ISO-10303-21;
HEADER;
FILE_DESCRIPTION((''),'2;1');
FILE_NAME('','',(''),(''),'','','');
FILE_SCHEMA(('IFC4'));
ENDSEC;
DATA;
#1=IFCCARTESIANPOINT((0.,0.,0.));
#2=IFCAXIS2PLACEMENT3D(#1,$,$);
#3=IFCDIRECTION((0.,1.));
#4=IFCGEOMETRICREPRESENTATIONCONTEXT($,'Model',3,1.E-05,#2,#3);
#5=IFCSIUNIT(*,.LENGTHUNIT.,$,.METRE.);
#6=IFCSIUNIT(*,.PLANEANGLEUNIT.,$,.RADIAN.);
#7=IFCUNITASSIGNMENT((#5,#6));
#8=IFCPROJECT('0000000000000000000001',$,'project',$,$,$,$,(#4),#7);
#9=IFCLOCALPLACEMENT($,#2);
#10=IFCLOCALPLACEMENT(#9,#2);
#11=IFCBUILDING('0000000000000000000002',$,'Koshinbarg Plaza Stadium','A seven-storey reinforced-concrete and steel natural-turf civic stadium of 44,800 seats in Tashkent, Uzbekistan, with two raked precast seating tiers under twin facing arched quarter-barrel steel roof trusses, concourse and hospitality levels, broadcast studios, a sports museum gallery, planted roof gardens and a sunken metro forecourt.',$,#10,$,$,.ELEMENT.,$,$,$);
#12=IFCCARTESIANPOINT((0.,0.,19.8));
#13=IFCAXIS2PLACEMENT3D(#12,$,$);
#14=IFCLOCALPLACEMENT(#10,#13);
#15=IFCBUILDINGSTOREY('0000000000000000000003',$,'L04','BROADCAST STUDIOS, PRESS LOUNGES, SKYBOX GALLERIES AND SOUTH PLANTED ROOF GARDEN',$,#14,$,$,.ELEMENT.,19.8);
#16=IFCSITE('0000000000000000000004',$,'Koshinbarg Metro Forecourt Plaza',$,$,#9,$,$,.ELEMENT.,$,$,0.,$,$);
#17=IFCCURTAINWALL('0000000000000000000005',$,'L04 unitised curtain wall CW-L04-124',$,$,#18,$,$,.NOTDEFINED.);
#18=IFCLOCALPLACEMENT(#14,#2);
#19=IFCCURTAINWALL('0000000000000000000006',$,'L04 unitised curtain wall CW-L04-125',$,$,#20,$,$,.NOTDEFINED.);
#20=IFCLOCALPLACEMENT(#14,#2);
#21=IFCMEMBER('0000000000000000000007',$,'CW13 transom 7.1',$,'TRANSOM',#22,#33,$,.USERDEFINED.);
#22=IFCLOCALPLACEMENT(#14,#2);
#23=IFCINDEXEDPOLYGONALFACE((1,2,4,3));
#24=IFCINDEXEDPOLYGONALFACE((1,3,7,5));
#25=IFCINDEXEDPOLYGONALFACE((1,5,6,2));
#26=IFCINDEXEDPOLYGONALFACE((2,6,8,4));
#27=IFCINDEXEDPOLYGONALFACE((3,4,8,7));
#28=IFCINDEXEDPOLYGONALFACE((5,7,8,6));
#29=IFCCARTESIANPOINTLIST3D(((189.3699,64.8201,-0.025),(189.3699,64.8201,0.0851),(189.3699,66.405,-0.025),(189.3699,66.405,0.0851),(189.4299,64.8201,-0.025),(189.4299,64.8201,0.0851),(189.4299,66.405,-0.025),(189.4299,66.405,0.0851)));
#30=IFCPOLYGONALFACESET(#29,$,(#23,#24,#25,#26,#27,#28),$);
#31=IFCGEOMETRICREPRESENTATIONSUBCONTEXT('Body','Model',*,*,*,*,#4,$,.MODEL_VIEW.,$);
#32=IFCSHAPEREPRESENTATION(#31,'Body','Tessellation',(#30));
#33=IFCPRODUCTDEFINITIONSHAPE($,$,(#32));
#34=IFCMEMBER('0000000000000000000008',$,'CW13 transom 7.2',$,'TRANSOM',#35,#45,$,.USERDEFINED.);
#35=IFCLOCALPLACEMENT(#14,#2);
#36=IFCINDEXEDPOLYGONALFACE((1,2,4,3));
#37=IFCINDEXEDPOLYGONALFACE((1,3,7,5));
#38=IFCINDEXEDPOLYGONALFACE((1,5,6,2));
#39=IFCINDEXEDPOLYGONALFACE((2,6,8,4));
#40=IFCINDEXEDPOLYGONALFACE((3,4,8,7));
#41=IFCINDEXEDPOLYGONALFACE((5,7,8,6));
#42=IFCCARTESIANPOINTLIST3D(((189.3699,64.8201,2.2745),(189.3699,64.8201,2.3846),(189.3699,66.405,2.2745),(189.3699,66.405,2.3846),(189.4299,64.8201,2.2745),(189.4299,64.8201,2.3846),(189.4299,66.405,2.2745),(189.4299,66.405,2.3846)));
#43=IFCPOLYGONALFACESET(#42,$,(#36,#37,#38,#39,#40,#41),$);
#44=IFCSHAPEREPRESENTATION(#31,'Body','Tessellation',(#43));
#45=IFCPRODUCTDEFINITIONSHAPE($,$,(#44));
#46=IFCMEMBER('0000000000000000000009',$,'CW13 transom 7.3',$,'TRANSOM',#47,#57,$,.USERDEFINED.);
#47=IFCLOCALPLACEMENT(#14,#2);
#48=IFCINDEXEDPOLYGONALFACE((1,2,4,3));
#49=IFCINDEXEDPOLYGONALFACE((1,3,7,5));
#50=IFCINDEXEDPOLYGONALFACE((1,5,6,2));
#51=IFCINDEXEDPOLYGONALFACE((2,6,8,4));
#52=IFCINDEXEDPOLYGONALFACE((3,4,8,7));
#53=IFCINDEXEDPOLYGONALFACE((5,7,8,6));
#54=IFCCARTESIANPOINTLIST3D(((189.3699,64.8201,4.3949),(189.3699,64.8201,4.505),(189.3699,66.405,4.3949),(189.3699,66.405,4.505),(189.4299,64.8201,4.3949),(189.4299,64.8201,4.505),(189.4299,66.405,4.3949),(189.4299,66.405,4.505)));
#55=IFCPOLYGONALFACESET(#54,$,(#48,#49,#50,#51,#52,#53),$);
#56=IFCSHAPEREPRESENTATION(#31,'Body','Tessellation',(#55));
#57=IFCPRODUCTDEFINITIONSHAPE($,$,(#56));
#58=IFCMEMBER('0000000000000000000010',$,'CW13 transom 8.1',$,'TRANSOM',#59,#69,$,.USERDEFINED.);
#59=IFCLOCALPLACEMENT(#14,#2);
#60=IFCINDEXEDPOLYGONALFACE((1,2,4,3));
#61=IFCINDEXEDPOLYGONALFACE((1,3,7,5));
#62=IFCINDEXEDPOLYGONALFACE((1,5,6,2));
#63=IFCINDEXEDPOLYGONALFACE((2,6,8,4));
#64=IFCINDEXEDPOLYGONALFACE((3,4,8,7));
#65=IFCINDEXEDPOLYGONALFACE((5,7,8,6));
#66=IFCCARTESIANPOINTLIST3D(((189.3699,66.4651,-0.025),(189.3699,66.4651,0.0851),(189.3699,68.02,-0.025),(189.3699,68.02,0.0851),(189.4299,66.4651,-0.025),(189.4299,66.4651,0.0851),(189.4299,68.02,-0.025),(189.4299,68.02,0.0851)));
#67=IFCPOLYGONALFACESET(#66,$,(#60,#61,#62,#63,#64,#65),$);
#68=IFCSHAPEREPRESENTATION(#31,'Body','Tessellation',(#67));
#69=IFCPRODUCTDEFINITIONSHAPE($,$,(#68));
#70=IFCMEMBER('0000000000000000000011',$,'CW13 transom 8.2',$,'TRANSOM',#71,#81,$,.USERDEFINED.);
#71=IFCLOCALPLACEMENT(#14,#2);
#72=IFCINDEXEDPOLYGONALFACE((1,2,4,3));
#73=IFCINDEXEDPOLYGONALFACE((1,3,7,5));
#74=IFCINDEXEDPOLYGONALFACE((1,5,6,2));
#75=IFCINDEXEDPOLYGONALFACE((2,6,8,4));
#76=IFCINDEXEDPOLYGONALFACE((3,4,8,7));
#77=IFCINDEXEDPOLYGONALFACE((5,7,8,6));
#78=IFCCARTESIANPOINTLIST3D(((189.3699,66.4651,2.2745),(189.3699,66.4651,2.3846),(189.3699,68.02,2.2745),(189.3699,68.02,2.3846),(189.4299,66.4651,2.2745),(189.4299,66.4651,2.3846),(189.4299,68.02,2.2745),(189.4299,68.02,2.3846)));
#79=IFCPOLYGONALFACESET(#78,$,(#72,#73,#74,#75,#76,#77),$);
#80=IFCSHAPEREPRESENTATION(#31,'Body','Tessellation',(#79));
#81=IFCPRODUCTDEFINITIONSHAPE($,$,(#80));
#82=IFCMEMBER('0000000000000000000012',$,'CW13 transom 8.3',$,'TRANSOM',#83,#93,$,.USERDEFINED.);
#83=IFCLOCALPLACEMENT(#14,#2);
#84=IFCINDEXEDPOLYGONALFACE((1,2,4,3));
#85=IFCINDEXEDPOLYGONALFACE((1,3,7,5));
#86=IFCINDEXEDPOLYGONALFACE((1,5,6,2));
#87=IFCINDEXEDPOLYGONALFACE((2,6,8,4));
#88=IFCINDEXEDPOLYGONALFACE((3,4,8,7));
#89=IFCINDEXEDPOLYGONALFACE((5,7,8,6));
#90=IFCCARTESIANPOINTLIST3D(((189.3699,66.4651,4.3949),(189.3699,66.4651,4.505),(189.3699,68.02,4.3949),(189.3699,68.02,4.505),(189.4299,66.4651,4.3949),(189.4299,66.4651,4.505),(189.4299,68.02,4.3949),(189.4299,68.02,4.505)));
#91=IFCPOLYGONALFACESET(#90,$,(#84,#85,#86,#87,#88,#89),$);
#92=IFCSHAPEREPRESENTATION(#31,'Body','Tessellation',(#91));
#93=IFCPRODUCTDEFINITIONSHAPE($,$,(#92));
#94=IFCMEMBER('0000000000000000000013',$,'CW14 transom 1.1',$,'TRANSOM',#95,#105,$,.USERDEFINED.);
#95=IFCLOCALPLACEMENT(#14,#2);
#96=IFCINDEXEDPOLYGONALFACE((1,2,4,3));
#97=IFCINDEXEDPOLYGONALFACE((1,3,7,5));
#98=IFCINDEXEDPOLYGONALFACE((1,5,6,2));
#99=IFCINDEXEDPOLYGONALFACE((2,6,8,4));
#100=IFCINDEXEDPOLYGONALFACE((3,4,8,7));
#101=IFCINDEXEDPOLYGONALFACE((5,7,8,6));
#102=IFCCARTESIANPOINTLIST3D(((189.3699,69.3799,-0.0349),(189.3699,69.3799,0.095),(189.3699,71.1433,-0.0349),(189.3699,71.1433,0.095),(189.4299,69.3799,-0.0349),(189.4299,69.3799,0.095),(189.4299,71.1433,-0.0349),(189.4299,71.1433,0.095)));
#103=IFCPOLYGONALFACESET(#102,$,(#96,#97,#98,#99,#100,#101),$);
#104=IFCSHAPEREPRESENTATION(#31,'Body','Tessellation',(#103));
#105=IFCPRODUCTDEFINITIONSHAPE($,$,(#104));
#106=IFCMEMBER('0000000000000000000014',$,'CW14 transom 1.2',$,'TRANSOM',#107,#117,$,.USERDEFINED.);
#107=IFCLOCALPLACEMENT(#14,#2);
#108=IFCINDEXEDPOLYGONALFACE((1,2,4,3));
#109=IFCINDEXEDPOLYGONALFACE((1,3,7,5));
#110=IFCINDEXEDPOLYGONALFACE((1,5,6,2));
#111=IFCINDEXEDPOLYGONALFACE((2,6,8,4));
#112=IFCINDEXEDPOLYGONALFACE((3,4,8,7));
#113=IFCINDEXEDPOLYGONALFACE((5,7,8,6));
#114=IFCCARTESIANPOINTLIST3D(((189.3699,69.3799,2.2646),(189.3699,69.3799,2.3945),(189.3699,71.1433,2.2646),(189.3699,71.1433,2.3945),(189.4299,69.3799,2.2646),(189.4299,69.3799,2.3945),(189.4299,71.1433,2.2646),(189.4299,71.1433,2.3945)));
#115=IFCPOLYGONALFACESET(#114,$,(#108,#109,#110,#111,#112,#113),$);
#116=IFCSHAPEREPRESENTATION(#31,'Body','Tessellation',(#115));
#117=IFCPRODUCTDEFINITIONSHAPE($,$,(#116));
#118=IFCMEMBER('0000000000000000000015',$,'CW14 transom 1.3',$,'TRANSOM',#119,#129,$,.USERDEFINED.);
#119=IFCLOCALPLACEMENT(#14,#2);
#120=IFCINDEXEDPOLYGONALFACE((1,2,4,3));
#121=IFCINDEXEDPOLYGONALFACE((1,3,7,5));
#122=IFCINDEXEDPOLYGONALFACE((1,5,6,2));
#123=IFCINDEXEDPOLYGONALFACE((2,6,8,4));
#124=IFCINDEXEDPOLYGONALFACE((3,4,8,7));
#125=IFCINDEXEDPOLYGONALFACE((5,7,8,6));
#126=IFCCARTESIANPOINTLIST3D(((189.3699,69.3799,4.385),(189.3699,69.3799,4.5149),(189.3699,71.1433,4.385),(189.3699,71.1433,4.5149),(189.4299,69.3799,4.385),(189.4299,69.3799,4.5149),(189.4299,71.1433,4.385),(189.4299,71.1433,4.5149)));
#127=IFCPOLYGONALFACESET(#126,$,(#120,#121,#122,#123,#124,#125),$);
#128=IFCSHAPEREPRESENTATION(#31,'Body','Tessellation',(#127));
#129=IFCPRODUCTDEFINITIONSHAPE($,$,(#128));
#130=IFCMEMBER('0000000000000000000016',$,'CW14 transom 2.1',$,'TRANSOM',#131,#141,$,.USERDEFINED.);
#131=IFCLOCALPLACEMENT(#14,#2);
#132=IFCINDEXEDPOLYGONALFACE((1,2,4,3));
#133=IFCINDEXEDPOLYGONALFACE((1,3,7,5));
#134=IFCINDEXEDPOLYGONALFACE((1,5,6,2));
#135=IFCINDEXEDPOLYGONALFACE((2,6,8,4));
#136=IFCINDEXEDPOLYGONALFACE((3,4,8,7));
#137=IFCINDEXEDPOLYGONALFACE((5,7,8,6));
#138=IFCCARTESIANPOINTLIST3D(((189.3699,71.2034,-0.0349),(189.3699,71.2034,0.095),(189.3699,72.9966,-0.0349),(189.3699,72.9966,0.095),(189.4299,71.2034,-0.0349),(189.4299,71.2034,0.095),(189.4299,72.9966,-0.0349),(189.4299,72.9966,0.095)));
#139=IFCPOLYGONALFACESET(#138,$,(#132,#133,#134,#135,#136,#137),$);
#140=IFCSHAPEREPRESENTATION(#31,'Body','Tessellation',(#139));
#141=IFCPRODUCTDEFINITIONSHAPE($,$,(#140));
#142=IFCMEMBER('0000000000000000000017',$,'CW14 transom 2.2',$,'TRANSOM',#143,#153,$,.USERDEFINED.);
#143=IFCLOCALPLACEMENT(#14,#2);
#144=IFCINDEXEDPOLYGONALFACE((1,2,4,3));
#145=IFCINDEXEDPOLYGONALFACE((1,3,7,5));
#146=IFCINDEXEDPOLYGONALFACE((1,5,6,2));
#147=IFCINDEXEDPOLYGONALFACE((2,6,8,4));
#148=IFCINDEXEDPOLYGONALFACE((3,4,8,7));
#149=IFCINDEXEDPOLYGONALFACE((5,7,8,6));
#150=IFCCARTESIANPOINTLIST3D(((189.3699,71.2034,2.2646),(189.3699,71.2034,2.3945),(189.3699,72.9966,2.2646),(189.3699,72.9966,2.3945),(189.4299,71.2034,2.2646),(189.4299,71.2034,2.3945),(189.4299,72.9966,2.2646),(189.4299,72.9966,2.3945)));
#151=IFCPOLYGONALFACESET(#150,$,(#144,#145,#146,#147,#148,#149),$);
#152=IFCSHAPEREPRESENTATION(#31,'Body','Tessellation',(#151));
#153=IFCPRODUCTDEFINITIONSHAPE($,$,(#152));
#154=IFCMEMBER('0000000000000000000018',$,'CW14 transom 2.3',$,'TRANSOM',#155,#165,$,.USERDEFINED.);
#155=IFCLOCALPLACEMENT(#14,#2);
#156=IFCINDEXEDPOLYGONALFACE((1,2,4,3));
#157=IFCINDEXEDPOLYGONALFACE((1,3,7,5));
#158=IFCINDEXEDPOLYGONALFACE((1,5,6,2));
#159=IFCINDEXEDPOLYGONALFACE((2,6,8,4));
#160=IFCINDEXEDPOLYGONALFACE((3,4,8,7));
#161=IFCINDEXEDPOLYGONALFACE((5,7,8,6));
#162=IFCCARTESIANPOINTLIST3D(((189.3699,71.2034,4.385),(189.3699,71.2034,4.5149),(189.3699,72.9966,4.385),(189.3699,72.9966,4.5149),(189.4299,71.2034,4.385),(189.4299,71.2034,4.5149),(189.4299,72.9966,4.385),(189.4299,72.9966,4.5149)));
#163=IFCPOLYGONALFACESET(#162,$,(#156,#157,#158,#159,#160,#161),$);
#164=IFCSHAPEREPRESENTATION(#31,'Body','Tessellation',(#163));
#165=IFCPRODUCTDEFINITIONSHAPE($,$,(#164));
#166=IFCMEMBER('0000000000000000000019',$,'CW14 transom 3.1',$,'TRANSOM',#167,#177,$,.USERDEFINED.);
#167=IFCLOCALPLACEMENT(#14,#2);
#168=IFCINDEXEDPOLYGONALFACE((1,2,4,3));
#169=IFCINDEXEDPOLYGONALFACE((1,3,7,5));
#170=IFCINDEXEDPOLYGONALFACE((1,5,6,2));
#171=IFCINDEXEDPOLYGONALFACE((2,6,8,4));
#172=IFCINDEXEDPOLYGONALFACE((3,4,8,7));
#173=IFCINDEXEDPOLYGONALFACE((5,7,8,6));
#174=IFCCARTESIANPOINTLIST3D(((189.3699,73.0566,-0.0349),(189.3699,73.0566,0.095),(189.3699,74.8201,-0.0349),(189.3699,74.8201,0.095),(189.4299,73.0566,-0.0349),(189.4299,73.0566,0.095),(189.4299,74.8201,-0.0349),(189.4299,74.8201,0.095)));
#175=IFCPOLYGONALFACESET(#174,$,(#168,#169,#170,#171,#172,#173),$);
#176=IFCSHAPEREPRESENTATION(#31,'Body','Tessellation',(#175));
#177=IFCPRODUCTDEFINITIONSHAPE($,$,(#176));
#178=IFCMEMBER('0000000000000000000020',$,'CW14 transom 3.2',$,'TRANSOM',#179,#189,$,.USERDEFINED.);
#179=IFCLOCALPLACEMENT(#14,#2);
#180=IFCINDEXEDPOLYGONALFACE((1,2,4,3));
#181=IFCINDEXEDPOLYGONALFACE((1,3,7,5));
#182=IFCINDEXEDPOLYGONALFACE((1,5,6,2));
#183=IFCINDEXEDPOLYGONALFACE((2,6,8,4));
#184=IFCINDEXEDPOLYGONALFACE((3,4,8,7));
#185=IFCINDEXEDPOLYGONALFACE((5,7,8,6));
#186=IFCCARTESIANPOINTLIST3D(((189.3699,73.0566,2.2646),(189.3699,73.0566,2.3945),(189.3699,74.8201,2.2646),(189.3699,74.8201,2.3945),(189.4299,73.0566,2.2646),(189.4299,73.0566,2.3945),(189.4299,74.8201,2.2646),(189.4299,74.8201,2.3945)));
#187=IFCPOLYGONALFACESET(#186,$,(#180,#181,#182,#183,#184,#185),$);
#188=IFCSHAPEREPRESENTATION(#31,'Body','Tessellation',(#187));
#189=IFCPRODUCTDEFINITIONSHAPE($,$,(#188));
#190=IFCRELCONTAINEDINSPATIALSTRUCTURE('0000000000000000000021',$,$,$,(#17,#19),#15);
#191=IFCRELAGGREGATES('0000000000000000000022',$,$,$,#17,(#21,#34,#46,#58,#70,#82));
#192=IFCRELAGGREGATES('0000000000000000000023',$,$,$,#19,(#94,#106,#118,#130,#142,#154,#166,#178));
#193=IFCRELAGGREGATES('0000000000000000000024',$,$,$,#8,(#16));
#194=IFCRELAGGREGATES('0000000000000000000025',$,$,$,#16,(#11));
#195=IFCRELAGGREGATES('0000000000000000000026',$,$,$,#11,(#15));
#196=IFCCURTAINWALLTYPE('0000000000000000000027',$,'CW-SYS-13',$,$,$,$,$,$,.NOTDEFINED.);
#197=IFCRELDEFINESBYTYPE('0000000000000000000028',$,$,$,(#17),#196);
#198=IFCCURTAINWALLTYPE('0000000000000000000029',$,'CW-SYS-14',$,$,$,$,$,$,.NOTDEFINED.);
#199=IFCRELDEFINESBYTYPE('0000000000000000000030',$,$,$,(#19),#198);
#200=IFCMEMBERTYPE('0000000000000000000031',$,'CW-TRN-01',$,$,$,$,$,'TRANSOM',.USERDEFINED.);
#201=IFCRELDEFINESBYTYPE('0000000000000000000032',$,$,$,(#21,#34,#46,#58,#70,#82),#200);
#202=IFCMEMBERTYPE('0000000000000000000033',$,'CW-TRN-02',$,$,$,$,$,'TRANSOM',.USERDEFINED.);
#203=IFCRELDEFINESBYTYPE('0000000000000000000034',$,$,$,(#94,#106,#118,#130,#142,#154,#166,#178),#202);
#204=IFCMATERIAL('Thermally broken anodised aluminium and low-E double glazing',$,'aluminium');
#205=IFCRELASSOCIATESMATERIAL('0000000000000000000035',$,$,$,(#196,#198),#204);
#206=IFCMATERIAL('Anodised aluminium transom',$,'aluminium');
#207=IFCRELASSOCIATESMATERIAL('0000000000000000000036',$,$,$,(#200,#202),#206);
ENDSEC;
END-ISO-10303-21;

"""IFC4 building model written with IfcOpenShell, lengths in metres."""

from ifc_helpers import new_model, si_unit, direction, frame, origin, origin_2d, place, context, subcontext, project, spatial, rectangle, extrude, material, material_profile, profile_set, type_object, element, aggregate, save


model = new_model("IFC4")

# Units and contexts
model_context = context("Model", 3, precision=1e-05, world=origin(), true_north=direction((0.0, 1.0)))
body_context = subcontext(model_context, "Body", "Model", "MODEL_VIEW")
ifc_project = project(units=[si_unit("LENGTHUNIT", "METRE"), si_unit("PLANEANGLEUNIT", "RADIAN")], contexts=[model_context])

# Site, building, storey
site_placement = place(None, origin())
site = spatial("IfcSite", under=ifc_project, at=site_placement, Name="Koshinbarg Metro Forecourt Plaza", CompositionType="ELEMENT", RefElevation=0.0)
building_placement = place(site_placement, origin())
building = spatial("IfcBuilding", under=site, at=building_placement, Name="Koshinbarg Plaza Stadium", Description="A seven-storey reinforced-concrete and steel natural-turf civic stadium of 44,800 seats in Tashkent, Uzbekistan, with two raked precast seating tiers under twin facing arched quarter-barrel steel roof trusses, concourse and hospitality levels, broadcast studios, a sports museum gallery, planted roof gardens and a sunken metro forecourt.", CompositionType="ELEMENT")
storey_placement = place(building_placement, frame((0.0, 0.0, 19.8)))
storey = spatial("IfcBuildingStorey", under=building, at=storey_placement, Name="L04", Description="BROADCAST STUDIOS, PRESS LOUNGES, SKYBOX GALLERIES AND SOUTH PLANTED ROOF GARDEN", CompositionType="ELEMENT", Elevation=19.8)

# Curtain walls
ifc_material_1 = material(Name="Thermally broken anodised aluminium and low-E double glazing", Category="aluminium")
curtain_wall_type_1 = type_object("IfcCurtainWallType", Name="CW-SYS-13", PredefinedType="NOTDEFINED", material=ifc_material_1)
curtain_wall_1_placement = place(storey_placement, origin())
curtain_wall_1 = element("IfcCurtainWall", 1, at=curtain_wall_1_placement, inside=storey, type_object=curtain_wall_type_1, Name="L04 unitised curtain wall CW-L04-124", PredefinedType="NOTDEFINED")
curtain_wall_type_2 = type_object("IfcCurtainWallType", Name="CW-SYS-14", PredefinedType="NOTDEFINED", material=ifc_material_1)
curtain_wall_2_placement = place(storey_placement, origin())
curtain_wall_2 = element("IfcCurtainWall", 2, at=curtain_wall_2_placement, inside=storey, type_object=curtain_wall_type_2, Name="L04 unitised curtain wall CW-L04-125", PredefinedType="NOTDEFINED")

# Members
ifc_material_2 = material(Name="Anodised aluminium transom", Category="aluminium")
ifc_material_profile_1 = material_profile(ifc_material_2, rectangle(XDim=0.0601, YDim=0.1101, at=origin_2d()), Name="ALU 60x110")
ifc_profile_set_1 = profile_set([ifc_material_profile_1], Name="Anodised aluminium transom")
member_type_1 = type_object("IfcMemberType", Name="CW-TRN-01", ElementType="TRANSOM", PredefinedType="USERDEFINED", material=ifc_profile_set_1)
member_1_placement = place(storey_placement, frame((189.3999, 64.8201, 0.03), z_axis=(0.0, 1.0, 0.0), x_axis=(-1.0, 0.0, 0.0)))
member_1 = element("IfcMember", 3, at=member_1_placement, type_object=member_type_1, Name="CW13 transom 7.1", ObjectType="TRANSOM", PredefinedType="USERDEFINED", context=body_context, shape_type="SweptSolid", body=[
    extrude(rectangle(XDim=0.0601, YDim=0.1101, at=origin_2d()), origin(), (0.0, 0.0, 1.0), 1.585),
])
member_2_placement = place(storey_placement, frame((189.3999, 64.8201, 2.3296), z_axis=(0.0, 1.0, 0.0), x_axis=(-1.0, 0.0, 0.0)))
member_2 = element("IfcMember", 4, at=member_2_placement, type_object=member_type_1, Name="CW13 transom 7.2", ObjectType="TRANSOM", PredefinedType="USERDEFINED", context=body_context, shape_type="SweptSolid", body=[
    extrude(rectangle(XDim=0.0601, YDim=0.1101, at=origin_2d()), origin(), (0.0, 0.0, 1.0), 1.585),
])
member_3_placement = place(storey_placement, frame((189.3999, 64.8201, 4.45), z_axis=(0.0, 1.0, 0.0), x_axis=(-1.0, 0.0, 0.0)))
member_3 = element("IfcMember", 5, at=member_3_placement, type_object=member_type_1, Name="CW13 transom 7.3", ObjectType="TRANSOM", PredefinedType="USERDEFINED", context=body_context, shape_type="SweptSolid", body=[
    extrude(rectangle(XDim=0.0601, YDim=0.1101, at=origin_2d()), origin(), (0.0, 0.0, 1.0), 1.585),
])
member_4_placement = place(storey_placement, frame((189.3999, 66.4651, 0.03), z_axis=(0.0, 1.0, 0.0), x_axis=(-1.0, 0.0, 0.0)))
member_4 = element("IfcMember", 6, at=member_4_placement, type_object=member_type_1, Name="CW13 transom 8.1", ObjectType="TRANSOM", PredefinedType="USERDEFINED", context=body_context, shape_type="SweptSolid", body=[
    extrude(rectangle(XDim=0.0601, YDim=0.1101, at=origin_2d()), origin(), (0.0, 0.0, 1.0), 1.5549),
])
member_5_placement = place(storey_placement, frame((189.3999, 66.4651, 2.3296), z_axis=(0.0, 1.0, 0.0), x_axis=(-1.0, 0.0, 0.0)))
member_5 = element("IfcMember", 7, at=member_5_placement, type_object=member_type_1, Name="CW13 transom 8.2", ObjectType="TRANSOM", PredefinedType="USERDEFINED", context=body_context, shape_type="SweptSolid", body=[
    extrude(rectangle(XDim=0.0601, YDim=0.1101, at=origin_2d()), origin(), (0.0, 0.0, 1.0), 1.5549),
])
member_6_placement = place(storey_placement, frame((189.3999, 66.4651, 4.45), z_axis=(0.0, 1.0, 0.0), x_axis=(-1.0, 0.0, 0.0)))
member_6 = element("IfcMember", 8, at=member_6_placement, type_object=member_type_1, Name="CW13 transom 8.3", ObjectType="TRANSOM", PredefinedType="USERDEFINED", context=body_context, shape_type="SweptSolid", body=[
    extrude(rectangle(XDim=0.0601, YDim=0.1101, at=origin_2d()), origin(), (0.0, 0.0, 1.0), 1.5549),
])
ifc_material_profile_2 = material_profile(ifc_material_2, rectangle(XDim=0.0601, YDim=0.1299, at=origin_2d()), Name="ALU 60x130")
ifc_profile_set_2 = profile_set([ifc_material_profile_2], Name="Anodised aluminium transom")
member_type_2 = type_object("IfcMemberType", Name="CW-TRN-02", ElementType="TRANSOM", PredefinedType="USERDEFINED", material=ifc_profile_set_2)
member_7_placement = place(storey_placement, frame((189.3999, 69.3799, 0.03), z_axis=(0.0, 1.0, 0.0), x_axis=(-1.0, 0.0, 0.0)))
member_7 = element("IfcMember", 9, at=member_7_placement, type_object=member_type_2, Name="CW14 transom 1.1", ObjectType="TRANSOM", PredefinedType="USERDEFINED", context=body_context, shape_type="SweptSolid", body=[
    extrude(rectangle(XDim=0.0601, YDim=0.1299, at=origin_2d()), origin(), (0.0, 0.0, 1.0), 1.7634),
])
member_8_placement = place(storey_placement, frame((189.3999, 69.3799, 2.3296), z_axis=(0.0, 1.0, 0.0), x_axis=(-1.0, 0.0, 0.0)))
member_8 = element("IfcMember", 10, at=member_8_placement, type_object=member_type_2, Name="CW14 transom 1.2", ObjectType="TRANSOM", PredefinedType="USERDEFINED", context=body_context, shape_type="SweptSolid", body=[
    extrude(rectangle(XDim=0.0601, YDim=0.1299, at=origin_2d()), origin(), (0.0, 0.0, 1.0), 1.7634),
])
member_9_placement = place(storey_placement, frame((189.3999, 69.3799, 4.45), z_axis=(0.0, 1.0, 0.0), x_axis=(-1.0, 0.0, 0.0)))
member_9 = element("IfcMember", 11, at=member_9_placement, type_object=member_type_2, Name="CW14 transom 1.3", ObjectType="TRANSOM", PredefinedType="USERDEFINED", context=body_context, shape_type="SweptSolid", body=[
    extrude(rectangle(XDim=0.0601, YDim=0.1299, at=origin_2d()), origin(), (0.0, 0.0, 1.0), 1.7634),
])
member_10_placement = place(storey_placement, frame((189.3999, 71.2034, 0.03), z_axis=(0.0, 1.0, 0.0), x_axis=(-1.0, 0.0, 0.0)))
member_10 = element("IfcMember", 12, at=member_10_placement, type_object=member_type_2, Name="CW14 transom 2.1", ObjectType="TRANSOM", PredefinedType="USERDEFINED", context=body_context, shape_type="SweptSolid", body=[
    extrude(rectangle(XDim=0.0601, YDim=0.1299, at=origin_2d()), origin(), (0.0, 0.0, 1.0), 1.7932),
])
member_11_placement = place(storey_placement, frame((189.3999, 71.2034, 2.3296), z_axis=(0.0, 1.0, 0.0), x_axis=(-1.0, 0.0, 0.0)))
member_11 = element("IfcMember", 13, at=member_11_placement, type_object=member_type_2, Name="CW14 transom 2.2", ObjectType="TRANSOM", PredefinedType="USERDEFINED", context=body_context, shape_type="SweptSolid", body=[
    extrude(rectangle(XDim=0.0601, YDim=0.1299, at=origin_2d()), origin(), (0.0, 0.0, 1.0), 1.7932),
])
member_12_placement = place(storey_placement, frame((189.3999, 71.2034, 4.45), z_axis=(0.0, 1.0, 0.0), x_axis=(-1.0, 0.0, 0.0)))
member_12 = element("IfcMember", 14, at=member_12_placement, type_object=member_type_2, Name="CW14 transom 2.3", ObjectType="TRANSOM", PredefinedType="USERDEFINED", context=body_context, shape_type="SweptSolid", body=[
    extrude(rectangle(XDim=0.0601, YDim=0.1299, at=origin_2d()), origin(), (0.0, 0.0, 1.0), 1.7932),
])
member_13_placement = place(storey_placement, frame((189.3999, 73.0566, 0.03), z_axis=(0.0, 1.0, 0.0), x_axis=(-1.0, 0.0, 0.0)))
member_13 = element("IfcMember", 15, at=member_13_placement, type_object=member_type_2, Name="CW14 transom 3.1", ObjectType="TRANSOM", PredefinedType="USERDEFINED", context=body_context, shape_type="SweptSolid", body=[
    extrude(rectangle(XDim=0.0601, YDim=0.1299, at=origin_2d()), origin(), (0.0, 0.0, 1.0), 1.7634),
])
member_14_placement = place(storey_placement, frame((189.3999, 73.0566, 2.3296), z_axis=(0.0, 1.0, 0.0), x_axis=(-1.0, 0.0, 0.0)))
member_14 = element("IfcMember", 16, at=member_14_placement, type_object=member_type_2, Name="CW14 transom 3.2", ObjectType="TRANSOM", PredefinedType="USERDEFINED", context=body_context, shape_type="SweptSolid", body=[
    extrude(rectangle(XDim=0.0601, YDim=0.1299, at=origin_2d()), origin(), (0.0, 0.0, 1.0), 1.7634),
])

aggregate(curtain_wall_1, [member_1, member_2, member_3, member_4, member_5, member_6])
aggregate(curtain_wall_2, [member_7, member_8, member_9, member_10, member_11, member_12, member_13, member_14])

save(model, "model.ifc")
